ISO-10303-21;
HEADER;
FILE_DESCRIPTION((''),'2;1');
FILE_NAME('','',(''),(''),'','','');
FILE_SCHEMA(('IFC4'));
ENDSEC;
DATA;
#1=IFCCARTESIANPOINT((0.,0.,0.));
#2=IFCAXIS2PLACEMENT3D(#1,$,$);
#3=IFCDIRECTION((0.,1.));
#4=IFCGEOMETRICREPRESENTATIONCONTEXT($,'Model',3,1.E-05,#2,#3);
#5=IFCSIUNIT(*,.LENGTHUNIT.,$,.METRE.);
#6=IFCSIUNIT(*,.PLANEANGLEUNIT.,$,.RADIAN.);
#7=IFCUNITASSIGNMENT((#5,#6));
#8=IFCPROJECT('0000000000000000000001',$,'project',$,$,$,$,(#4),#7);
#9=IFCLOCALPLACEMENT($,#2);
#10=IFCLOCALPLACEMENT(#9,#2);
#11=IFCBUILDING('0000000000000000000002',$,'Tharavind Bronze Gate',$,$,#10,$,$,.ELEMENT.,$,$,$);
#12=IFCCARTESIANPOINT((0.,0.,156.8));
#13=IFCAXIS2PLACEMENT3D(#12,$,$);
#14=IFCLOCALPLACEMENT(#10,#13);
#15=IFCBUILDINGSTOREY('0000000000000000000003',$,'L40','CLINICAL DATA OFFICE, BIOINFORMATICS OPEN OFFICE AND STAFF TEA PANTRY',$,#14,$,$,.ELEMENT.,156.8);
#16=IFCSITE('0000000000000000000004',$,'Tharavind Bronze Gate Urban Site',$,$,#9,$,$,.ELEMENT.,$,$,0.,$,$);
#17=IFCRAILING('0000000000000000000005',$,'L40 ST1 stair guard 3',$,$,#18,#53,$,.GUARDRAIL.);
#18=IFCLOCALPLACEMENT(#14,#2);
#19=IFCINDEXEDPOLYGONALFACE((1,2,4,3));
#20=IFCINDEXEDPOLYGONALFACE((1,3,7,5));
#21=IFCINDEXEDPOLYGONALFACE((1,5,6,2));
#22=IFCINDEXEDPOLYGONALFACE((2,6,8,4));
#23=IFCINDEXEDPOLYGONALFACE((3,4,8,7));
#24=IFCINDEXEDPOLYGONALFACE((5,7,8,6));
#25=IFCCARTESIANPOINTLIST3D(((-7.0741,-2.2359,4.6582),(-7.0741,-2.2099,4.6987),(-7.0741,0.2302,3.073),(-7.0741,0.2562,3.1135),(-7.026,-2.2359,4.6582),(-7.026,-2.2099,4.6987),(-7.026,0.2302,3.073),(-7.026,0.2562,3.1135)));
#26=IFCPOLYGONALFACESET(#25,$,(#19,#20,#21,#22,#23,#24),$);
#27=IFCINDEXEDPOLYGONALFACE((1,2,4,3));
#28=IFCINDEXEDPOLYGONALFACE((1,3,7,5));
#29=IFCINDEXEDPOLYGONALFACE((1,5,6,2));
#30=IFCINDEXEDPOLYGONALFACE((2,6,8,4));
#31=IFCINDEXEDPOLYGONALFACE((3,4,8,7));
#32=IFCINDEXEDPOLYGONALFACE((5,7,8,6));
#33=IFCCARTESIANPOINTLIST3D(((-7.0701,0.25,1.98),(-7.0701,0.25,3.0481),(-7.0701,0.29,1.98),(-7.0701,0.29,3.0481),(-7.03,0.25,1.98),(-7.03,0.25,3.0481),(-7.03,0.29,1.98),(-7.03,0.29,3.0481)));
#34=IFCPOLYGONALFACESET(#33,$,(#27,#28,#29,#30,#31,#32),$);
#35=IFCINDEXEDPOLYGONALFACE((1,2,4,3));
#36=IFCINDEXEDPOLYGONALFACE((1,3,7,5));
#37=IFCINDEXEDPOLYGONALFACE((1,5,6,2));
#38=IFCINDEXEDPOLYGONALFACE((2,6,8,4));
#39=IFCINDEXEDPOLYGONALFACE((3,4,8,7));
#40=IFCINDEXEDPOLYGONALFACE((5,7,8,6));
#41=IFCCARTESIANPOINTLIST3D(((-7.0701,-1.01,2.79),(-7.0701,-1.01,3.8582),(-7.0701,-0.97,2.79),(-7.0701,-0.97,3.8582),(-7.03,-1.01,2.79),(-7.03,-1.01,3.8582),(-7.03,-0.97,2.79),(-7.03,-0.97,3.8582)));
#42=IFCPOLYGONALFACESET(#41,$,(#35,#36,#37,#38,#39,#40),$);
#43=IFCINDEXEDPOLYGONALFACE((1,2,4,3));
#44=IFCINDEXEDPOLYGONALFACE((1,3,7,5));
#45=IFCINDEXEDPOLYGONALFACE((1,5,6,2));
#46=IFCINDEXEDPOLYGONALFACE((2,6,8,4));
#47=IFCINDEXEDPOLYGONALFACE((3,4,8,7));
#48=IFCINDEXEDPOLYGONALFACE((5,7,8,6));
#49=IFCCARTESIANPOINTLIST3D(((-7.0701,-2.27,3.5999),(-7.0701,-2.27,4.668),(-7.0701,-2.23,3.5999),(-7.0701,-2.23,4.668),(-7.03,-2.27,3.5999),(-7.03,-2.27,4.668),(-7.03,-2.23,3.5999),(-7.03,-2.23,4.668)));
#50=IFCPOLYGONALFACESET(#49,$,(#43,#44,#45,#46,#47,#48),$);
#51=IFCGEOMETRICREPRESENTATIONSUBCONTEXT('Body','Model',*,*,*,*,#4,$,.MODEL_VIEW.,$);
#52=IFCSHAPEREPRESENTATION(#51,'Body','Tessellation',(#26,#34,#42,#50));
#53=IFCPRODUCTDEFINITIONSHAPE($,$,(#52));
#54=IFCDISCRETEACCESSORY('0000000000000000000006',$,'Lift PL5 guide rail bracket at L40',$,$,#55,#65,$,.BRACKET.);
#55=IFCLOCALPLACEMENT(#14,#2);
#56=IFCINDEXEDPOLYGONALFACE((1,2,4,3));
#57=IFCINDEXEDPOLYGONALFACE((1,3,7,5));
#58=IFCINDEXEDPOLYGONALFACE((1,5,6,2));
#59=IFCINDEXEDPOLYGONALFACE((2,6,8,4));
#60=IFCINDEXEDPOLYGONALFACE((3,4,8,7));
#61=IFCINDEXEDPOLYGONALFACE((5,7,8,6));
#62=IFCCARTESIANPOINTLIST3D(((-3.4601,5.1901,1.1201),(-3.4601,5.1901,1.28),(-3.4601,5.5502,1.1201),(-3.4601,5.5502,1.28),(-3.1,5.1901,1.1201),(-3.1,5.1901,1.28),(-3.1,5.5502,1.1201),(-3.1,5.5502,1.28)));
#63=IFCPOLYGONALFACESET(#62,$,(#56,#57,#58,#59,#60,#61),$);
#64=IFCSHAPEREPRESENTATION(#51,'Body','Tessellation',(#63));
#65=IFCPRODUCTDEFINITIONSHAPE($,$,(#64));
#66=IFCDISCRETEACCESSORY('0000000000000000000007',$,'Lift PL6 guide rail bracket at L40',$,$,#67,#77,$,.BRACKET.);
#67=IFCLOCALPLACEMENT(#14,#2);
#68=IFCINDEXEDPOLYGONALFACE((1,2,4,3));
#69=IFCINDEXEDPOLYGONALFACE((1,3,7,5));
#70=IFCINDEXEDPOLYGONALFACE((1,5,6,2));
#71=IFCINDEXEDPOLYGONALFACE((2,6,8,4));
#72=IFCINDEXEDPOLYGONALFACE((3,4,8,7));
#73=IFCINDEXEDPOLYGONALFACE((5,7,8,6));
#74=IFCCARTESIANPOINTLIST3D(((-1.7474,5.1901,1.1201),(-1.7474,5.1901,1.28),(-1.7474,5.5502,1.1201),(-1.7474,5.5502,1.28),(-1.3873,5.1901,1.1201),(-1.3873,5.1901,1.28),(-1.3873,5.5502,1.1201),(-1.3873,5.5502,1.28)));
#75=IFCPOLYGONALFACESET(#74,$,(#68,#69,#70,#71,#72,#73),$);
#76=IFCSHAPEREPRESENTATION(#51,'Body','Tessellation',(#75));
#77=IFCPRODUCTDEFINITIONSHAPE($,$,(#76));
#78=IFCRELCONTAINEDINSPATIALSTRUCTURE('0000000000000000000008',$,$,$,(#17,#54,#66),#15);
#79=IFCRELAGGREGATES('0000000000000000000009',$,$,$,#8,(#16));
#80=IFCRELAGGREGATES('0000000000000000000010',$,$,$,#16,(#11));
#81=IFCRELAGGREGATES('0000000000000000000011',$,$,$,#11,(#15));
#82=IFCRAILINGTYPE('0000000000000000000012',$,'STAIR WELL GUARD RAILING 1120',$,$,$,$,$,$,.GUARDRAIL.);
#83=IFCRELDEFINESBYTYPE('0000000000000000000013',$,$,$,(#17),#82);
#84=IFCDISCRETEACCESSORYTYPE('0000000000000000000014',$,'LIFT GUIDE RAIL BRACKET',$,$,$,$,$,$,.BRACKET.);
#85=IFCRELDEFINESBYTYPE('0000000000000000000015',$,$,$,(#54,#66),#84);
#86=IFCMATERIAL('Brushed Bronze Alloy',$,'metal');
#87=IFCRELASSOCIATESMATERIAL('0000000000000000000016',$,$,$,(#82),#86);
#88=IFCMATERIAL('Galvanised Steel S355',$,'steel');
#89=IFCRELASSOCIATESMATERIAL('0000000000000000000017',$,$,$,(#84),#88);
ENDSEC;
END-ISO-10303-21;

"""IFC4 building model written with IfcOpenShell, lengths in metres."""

from ifc_helpers import new_model, si_unit, direction, frame, origin, origin_2d, place, context, subcontext, project, spatial, rectangle, extrude, material, type_object, element, save


model = new_model("IFC4")

# Units and contexts
model_context = context("Model", 3, precision=1e-05, world=origin(), true_north=direction((0.0, 1.0)))
body_context = subcontext(model_context, "Body", "Model", "MODEL_VIEW")
ifc_project = project(units=[si_unit("LENGTHUNIT", "METRE"), si_unit("PLANEANGLEUNIT", "RADIAN")], contexts=[model_context])

# Site, building, storey
site_placement = place(None, origin())
site = spatial("IfcSite", under=ifc_project, at=site_placement, Name="Tharavind Bronze Gate Urban Site", CompositionType="ELEMENT", RefElevation=0.0)
building_placement = place(site_placement, origin())
building = spatial("IfcBuilding", under=site, at=building_placement, Name="Tharavind Bronze Gate", CompositionType="ELEMENT")
storey_placement = place(building_placement, frame((0.0, 0.0, 156.8)))
storey = spatial("IfcBuildingStorey", under=building, at=storey_placement, Name="L40", Description="CLINICAL DATA OFFICE, BIOINFORMATICS OPEN OFFICE AND STAFF TEA PANTRY", CompositionType="ELEMENT", Elevation=156.8)

# Railing
ifc_material_1 = material(Name="Brushed Bronze Alloy", Category="metal")
railing_type = type_object("IfcRailingType", Name="STAIR WELL GUARD RAILING 1120", PredefinedType="GUARDRAIL", material=ifc_material_1)
railing_1_placement = place(storey_placement, frame((-7.05, 0.27, 1.98)))
element("IfcRailing", 1, at=railing_1_placement, inside=storey, type_object=railing_type, Name="L40 ST1 stair guard 3", PredefinedType="GUARDRAIL", context=body_context, shape_type="SweptSolid", body=[
    extrude(rectangle(XDim=0.0481, YDim=0.0481, at=origin_2d()), frame((0.0, -0.0269, 1.1133), z_axis=(0.0, -0.8412, 0.540725), x_axis=(1.0, 0.0, 0.0)), (0.0, 0.0, 1.0), 2.9316),
    extrude(rectangle(XDim=0.04, YDim=0.04, at=origin_2d()), origin(), (0.0, 0.0, 1.0), 1.0681),
    extrude(rectangle(XDim=0.04, YDim=0.04, at=origin_2d()), frame((0.0, -1.26, 0.8101)), (0.0, 0.0, 1.0), 1.0681),
    extrude(rectangle(XDim=0.04, YDim=0.04, at=origin_2d()), frame((0.0, -2.52, 1.6199)), (0.0, 0.0, 1.0), 1.0681),
])

# Discrete accessories
ifc_material_2 = material(Name="Galvanised Steel S355", Category="steel")
discrete_accessory_type = type_object("IfcDiscreteAccessoryType", Name="LIFT GUIDE RAIL BRACKET", PredefinedType="BRACKET", material=ifc_material_2)
for number, where, z_axis, x_axis, name in (
    (2, (-3.28, 5.3701, 1.1201), (0.0, 0.0, 1.0), (1.0, 0.0, 0.0), "Lift PL5 guide rail bracket at L40"),
    (3, (-1.5674, 5.3701, 1.1201), (0.0, 0.0, 1.0), (1.0, 0.0, 0.0), "Lift PL6 guide rail bracket at L40"),
):
    element("IfcDiscreteAccessory", number, at=place(storey_placement, frame(where, z_axis=z_axis, x_axis=x_axis)), inside=storey, type_object=discrete_accessory_type, Name=name, PredefinedType="BRACKET", context=body_context, shape_type="SweptSolid", body=[
        extrude(rectangle(XDim=0.3601, YDim=0.3601, at=origin_2d()), origin(), (0.0, 0.0, 1.0), 0.1599),
    ])

save(model, "model.ifc")
